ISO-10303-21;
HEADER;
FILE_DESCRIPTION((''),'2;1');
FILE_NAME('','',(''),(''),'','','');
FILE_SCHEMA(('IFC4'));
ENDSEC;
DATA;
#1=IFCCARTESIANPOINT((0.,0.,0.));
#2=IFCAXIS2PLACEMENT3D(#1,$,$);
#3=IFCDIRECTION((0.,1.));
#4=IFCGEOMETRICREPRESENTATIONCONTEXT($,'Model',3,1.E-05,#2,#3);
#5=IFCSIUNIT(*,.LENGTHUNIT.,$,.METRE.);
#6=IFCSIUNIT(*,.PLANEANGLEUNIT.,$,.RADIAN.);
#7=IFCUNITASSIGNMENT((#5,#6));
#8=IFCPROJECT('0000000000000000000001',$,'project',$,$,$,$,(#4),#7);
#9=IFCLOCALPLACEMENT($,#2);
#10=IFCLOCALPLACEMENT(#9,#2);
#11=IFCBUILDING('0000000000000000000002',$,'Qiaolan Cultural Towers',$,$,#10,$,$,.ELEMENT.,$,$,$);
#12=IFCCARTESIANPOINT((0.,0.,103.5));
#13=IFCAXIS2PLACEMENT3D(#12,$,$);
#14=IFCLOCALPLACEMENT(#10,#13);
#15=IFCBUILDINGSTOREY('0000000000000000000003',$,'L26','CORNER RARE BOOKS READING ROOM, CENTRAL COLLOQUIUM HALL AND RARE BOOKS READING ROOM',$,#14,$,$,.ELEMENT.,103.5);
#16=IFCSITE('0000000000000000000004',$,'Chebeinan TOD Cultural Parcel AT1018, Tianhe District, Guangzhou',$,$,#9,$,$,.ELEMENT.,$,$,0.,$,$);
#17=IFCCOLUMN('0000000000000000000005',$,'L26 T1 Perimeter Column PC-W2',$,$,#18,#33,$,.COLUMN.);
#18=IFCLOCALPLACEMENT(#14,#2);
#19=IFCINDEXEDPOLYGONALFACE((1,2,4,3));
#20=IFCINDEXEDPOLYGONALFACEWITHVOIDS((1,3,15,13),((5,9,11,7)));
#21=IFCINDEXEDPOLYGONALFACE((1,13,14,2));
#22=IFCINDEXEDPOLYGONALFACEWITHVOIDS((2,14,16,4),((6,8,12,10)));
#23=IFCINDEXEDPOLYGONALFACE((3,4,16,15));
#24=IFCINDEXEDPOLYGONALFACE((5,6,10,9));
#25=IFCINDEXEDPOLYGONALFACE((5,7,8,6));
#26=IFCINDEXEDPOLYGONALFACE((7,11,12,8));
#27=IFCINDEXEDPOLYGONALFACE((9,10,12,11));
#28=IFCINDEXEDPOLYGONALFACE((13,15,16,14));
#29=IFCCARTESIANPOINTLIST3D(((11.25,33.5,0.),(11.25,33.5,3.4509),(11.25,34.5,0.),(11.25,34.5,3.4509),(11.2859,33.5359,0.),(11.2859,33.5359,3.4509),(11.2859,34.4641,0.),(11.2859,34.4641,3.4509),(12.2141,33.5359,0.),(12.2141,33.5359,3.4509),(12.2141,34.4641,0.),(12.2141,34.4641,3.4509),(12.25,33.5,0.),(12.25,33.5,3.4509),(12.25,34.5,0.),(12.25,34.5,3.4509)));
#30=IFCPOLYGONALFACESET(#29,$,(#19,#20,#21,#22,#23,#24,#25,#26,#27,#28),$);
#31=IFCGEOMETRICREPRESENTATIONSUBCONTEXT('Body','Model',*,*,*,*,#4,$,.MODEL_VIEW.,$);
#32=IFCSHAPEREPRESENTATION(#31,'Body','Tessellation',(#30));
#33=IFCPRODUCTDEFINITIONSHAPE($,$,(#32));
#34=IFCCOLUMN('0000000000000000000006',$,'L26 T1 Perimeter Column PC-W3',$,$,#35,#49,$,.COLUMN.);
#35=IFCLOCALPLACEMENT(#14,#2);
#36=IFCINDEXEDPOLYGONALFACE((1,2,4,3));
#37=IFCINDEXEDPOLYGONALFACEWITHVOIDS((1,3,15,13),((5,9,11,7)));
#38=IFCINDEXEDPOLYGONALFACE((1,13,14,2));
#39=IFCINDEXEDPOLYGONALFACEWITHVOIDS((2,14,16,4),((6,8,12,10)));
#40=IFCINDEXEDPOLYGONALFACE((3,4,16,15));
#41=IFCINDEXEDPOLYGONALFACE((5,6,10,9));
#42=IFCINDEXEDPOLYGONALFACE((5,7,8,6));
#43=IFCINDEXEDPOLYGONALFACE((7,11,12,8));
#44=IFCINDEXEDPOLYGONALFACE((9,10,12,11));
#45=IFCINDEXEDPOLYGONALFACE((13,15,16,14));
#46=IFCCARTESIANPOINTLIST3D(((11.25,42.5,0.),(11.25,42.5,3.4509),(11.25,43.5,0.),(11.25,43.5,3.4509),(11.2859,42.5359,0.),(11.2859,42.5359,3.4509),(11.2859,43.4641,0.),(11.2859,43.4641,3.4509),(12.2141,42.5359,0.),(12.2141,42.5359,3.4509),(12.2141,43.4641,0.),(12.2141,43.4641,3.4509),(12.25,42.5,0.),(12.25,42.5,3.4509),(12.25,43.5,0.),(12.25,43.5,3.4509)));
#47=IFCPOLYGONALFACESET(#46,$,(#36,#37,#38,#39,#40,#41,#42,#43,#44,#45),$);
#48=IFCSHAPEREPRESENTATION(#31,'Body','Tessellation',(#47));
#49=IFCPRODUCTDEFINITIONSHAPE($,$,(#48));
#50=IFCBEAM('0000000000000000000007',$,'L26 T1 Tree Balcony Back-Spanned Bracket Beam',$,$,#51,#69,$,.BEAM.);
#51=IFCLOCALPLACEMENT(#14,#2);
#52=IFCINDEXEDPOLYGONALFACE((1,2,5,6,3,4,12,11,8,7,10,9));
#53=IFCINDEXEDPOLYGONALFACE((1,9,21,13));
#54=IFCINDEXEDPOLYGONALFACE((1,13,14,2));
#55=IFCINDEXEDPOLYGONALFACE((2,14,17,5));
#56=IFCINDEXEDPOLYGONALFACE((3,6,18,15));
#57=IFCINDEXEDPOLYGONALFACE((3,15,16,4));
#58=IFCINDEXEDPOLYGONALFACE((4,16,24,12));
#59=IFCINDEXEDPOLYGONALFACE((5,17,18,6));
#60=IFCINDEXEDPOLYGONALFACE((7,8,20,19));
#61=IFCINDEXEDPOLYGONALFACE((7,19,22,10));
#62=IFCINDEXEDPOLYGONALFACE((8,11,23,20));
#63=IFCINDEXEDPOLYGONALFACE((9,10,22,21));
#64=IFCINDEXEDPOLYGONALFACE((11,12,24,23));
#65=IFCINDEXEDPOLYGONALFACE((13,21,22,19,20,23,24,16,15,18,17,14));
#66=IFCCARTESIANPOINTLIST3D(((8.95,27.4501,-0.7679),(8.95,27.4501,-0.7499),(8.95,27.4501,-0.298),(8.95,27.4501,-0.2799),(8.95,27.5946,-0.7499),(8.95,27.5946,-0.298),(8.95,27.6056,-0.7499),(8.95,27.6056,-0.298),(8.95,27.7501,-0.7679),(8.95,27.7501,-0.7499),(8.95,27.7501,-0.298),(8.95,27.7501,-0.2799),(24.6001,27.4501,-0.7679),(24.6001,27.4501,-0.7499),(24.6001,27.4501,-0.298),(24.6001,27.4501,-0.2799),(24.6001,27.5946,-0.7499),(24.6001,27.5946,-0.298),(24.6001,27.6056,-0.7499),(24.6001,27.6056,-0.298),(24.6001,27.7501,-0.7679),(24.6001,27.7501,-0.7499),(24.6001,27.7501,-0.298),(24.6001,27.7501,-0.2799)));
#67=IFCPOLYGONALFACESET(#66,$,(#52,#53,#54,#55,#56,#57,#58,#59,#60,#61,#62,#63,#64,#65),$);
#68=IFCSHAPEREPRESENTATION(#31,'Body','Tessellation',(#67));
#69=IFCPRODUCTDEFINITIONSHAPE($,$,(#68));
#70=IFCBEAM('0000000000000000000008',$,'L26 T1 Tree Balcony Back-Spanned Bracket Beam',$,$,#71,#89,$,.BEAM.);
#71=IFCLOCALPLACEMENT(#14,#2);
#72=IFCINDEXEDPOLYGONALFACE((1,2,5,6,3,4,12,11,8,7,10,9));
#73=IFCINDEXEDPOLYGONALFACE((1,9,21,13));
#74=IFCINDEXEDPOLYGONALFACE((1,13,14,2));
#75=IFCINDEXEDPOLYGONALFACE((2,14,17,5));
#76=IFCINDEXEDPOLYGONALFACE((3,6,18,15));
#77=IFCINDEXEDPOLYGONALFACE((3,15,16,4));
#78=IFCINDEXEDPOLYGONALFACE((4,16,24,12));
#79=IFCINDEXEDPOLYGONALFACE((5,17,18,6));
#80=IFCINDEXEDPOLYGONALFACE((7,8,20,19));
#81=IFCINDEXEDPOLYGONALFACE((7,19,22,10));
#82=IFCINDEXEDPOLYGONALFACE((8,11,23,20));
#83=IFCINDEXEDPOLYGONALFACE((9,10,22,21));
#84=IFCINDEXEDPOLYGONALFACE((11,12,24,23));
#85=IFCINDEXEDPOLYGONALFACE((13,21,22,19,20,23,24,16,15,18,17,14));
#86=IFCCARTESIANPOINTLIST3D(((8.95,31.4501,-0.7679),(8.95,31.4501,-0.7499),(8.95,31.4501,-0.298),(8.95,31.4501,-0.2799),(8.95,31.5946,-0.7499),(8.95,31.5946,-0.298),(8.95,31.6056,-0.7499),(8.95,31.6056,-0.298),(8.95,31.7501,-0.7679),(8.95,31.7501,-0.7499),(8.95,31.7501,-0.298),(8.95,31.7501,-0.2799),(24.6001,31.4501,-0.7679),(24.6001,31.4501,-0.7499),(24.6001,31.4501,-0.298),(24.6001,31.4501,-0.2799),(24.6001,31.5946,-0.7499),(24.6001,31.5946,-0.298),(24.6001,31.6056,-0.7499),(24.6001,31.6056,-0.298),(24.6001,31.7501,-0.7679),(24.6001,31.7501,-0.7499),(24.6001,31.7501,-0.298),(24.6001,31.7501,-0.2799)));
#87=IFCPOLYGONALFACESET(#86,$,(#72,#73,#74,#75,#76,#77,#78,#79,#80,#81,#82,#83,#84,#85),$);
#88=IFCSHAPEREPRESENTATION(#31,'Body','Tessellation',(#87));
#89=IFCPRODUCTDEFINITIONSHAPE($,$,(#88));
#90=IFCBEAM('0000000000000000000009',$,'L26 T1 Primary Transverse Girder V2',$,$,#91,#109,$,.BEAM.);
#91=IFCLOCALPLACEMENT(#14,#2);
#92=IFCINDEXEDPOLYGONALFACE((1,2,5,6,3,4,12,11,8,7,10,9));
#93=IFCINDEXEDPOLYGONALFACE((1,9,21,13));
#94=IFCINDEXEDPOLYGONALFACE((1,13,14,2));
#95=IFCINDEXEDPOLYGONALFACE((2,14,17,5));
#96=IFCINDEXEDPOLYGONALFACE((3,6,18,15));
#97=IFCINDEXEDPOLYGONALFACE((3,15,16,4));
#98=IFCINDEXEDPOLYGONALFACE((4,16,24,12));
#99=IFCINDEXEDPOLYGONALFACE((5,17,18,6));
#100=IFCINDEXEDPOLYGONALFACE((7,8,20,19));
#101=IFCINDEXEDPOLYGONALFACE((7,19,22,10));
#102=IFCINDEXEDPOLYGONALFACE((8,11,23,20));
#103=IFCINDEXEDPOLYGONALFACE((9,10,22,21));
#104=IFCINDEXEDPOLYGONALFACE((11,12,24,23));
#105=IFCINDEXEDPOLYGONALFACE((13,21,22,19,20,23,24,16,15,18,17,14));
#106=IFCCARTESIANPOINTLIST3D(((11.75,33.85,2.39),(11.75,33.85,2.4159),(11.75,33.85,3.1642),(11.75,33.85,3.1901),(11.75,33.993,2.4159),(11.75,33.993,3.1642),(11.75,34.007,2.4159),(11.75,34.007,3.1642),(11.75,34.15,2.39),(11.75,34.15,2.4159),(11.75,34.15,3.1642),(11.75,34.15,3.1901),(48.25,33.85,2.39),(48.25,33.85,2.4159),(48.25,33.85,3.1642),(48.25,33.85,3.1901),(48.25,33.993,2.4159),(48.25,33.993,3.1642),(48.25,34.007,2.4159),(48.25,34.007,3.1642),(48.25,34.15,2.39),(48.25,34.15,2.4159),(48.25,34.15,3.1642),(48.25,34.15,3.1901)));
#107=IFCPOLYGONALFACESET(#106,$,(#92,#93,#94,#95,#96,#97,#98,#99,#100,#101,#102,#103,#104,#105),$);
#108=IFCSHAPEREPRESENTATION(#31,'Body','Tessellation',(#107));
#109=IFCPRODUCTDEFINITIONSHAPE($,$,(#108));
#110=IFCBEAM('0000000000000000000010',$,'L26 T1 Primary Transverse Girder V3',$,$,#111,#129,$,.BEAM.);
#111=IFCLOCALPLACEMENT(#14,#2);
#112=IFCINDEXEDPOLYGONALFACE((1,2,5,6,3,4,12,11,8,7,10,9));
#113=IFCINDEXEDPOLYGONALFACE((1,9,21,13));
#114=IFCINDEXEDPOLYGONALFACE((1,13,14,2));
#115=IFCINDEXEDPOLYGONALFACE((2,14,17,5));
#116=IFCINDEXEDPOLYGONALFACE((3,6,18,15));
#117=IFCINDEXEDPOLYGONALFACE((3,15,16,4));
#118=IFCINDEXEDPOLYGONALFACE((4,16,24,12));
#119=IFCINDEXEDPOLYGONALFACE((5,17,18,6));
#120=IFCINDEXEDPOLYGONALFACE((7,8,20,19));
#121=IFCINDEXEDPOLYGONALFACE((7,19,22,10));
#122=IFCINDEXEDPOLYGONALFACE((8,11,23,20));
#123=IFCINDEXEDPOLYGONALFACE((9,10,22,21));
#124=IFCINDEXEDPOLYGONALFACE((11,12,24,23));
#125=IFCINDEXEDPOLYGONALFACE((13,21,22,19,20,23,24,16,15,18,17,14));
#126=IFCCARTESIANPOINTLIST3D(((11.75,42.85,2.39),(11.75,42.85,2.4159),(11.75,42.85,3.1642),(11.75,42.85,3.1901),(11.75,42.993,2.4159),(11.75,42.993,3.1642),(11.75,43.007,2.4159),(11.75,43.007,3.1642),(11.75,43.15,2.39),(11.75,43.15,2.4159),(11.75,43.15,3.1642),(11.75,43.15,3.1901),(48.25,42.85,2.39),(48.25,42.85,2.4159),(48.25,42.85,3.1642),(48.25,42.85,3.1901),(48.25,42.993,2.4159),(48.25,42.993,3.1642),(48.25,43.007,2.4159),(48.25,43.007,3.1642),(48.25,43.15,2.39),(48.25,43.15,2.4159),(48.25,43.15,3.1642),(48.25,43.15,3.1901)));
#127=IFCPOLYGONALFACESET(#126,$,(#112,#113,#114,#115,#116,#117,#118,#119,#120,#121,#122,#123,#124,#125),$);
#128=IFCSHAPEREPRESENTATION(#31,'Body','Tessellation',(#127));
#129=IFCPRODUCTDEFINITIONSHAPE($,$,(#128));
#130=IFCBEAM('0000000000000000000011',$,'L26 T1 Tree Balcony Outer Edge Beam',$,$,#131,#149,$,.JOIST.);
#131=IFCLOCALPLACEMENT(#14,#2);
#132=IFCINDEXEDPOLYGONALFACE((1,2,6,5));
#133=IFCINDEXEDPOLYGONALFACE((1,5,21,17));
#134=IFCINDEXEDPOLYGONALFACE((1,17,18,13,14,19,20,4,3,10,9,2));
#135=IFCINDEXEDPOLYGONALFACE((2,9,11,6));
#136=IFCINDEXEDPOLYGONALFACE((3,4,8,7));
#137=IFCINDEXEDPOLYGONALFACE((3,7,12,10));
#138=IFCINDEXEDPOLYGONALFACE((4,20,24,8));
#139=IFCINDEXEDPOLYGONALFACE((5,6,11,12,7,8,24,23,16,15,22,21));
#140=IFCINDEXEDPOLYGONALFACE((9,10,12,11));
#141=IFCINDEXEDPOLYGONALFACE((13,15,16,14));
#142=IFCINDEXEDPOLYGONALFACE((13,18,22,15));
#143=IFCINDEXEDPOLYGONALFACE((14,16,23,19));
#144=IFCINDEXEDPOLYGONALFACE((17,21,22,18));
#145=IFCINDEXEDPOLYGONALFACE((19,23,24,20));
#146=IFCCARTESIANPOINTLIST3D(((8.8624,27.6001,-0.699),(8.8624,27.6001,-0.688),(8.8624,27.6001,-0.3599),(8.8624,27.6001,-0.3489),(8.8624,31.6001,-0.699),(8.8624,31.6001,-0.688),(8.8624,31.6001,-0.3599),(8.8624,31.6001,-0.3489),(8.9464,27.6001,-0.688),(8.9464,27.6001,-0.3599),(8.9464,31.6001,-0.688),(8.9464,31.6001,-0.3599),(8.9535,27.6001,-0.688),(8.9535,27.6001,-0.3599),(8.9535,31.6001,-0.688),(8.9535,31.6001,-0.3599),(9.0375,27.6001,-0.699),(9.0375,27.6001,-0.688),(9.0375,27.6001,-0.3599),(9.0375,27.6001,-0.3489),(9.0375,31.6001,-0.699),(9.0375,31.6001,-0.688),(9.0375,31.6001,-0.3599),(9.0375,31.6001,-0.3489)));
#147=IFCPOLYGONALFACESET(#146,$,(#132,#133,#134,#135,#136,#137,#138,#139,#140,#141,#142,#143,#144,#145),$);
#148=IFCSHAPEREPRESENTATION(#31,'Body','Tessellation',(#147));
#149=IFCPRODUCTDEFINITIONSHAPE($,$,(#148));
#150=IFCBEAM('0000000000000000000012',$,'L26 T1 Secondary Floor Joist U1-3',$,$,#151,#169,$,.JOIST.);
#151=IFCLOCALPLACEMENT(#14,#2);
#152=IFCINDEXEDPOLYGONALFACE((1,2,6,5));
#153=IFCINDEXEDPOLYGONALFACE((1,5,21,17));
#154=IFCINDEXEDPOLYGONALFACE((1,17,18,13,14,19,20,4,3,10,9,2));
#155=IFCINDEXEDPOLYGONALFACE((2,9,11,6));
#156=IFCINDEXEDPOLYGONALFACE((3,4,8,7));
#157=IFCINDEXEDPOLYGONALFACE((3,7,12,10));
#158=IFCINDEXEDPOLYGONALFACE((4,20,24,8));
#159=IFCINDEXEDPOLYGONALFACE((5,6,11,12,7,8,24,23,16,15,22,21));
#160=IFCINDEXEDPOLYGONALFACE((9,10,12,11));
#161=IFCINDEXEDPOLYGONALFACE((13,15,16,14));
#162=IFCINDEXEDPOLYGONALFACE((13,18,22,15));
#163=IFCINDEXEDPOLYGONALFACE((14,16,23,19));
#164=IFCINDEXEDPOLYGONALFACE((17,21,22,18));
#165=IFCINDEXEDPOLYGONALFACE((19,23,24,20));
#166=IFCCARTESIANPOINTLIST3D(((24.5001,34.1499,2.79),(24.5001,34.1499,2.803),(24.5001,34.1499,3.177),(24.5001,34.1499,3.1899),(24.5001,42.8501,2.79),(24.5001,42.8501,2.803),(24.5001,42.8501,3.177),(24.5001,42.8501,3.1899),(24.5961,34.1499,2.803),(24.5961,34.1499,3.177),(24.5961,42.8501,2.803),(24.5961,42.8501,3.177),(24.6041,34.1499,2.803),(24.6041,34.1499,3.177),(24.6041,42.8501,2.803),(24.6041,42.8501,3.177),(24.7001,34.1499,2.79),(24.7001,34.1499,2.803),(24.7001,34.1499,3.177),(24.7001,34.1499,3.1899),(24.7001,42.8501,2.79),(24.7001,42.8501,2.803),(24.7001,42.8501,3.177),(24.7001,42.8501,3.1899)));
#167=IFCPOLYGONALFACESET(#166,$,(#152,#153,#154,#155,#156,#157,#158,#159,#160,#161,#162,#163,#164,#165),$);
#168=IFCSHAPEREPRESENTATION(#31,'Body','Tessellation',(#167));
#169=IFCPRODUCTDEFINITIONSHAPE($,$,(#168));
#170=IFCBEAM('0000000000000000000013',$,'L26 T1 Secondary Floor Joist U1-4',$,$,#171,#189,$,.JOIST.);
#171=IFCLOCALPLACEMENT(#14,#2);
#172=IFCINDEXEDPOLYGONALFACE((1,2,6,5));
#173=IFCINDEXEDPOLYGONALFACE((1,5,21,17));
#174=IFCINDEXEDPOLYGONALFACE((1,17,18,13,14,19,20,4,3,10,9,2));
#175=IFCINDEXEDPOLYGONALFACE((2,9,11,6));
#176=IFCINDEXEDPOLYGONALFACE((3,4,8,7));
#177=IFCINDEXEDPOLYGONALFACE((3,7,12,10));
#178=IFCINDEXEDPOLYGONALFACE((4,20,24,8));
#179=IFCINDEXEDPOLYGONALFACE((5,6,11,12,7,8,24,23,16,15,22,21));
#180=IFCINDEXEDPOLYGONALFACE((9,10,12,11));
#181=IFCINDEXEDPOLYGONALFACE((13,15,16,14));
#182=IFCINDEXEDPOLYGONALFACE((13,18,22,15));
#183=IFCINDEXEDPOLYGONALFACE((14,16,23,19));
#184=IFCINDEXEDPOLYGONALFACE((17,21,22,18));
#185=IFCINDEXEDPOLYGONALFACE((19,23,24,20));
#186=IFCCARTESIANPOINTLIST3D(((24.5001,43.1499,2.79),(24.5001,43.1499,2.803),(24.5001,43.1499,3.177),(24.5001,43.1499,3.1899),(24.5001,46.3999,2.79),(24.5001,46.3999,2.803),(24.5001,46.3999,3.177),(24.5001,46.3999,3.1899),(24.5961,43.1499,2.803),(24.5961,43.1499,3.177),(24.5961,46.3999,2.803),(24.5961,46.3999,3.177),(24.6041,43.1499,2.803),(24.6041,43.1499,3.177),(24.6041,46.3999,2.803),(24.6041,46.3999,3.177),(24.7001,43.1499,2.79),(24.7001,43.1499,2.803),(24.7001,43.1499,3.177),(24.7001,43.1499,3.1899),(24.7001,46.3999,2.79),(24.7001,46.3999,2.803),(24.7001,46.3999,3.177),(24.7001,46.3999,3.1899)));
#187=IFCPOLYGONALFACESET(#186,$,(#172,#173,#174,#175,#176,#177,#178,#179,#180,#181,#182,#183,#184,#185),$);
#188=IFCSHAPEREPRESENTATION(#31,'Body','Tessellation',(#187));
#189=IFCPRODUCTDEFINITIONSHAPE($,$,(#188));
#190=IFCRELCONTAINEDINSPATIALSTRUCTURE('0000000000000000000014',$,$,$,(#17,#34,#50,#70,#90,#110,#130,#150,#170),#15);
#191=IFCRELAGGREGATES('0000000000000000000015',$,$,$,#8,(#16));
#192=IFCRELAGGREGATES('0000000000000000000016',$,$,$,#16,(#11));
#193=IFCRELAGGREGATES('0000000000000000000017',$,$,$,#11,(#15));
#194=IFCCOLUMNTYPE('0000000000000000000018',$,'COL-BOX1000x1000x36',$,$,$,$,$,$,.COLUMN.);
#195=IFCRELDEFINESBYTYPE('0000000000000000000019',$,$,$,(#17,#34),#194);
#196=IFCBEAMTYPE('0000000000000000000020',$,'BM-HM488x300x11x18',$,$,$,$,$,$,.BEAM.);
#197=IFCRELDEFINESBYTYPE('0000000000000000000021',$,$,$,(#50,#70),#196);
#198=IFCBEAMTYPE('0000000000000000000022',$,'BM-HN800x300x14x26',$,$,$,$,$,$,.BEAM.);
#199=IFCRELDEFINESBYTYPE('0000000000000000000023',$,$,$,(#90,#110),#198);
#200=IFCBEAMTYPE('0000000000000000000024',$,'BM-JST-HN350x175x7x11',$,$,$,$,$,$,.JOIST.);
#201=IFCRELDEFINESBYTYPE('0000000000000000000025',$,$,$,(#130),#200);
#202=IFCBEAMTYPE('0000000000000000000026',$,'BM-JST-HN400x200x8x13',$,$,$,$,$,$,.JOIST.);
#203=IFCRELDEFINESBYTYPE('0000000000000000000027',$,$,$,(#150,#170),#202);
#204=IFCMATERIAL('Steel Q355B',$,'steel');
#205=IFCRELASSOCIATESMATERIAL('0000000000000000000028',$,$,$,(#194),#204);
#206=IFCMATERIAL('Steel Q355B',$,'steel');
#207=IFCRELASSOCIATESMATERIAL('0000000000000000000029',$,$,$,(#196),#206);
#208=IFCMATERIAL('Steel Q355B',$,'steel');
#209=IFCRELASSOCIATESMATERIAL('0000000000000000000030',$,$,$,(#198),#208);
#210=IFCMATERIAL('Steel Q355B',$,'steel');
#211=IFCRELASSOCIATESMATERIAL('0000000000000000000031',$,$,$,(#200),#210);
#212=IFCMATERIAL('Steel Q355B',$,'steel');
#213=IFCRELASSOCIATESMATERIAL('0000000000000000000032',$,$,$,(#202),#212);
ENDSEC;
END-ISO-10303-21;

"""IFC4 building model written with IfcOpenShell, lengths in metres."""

from ifc_helpers import new_model, si_unit, direction, frame, origin, origin_2d, place, context, subcontext, project, spatial, hollow_rectangle, i_section, extrude, material, material_profile, profile_set, type_object, element, save


model = new_model("IFC4")

# Units and contexts
model_context = context("Model", 3, precision=1e-05, world=origin(), true_north=direction((0.0, 1.0)))
body_context = subcontext(model_context, "Body", "Model", "MODEL_VIEW")
ifc_project = project(units=[si_unit("LENGTHUNIT", "METRE"), si_unit("PLANEANGLEUNIT", "RADIAN")], contexts=[model_context])

# Site, building, storey
site_placement = place(None, origin())
site = spatial("IfcSite", under=ifc_project, at=site_placement, Name="Chebeinan TOD Cultural Parcel AT1018, Tianhe District, Guangzhou", CompositionType="ELEMENT", RefElevation=0.0)
building_placement = place(site_placement, origin())
building = spatial("IfcBuilding", under=site, at=building_placement, Name="Qiaolan Cultural Towers", CompositionType="ELEMENT")
storey_placement = place(building_placement, frame((0.0, 0.0, 103.5)))
storey = spatial("IfcBuildingStorey", under=building, at=storey_placement, Name="L26", Description="CORNER RARE BOOKS READING ROOM, CENTRAL COLLOQUIUM HALL AND RARE BOOKS READING ROOM", CompositionType="ELEMENT", Elevation=103.5)

# Columns
ifc_material_1 = material(Name="Steel Q355B", Category="steel")
ifc_material_profile_1 = material_profile(ifc_material_1, hollow_rectangle(XDim=1.0, YDim=1.0, WallThickness=0.0359, at=origin_2d()), Name="BOX1000x1000x36")
ifc_profile_set_1 = profile_set([ifc_material_profile_1], Name="Steel Q355B")
column_type = type_object("IfcColumnType", Name="COL-BOX1000x1000x36", PredefinedType="COLUMN", material=ifc_profile_set_1)
for number, where, z_axis, x_axis, name in (
    (1, (11.75, 34.0, 0.0), (0.0, 0.0, 1.0), (1.0, 0.0, 0.0), "L26 T1 Perimeter Column PC-W2"),
    (2, (11.75, 43.0, 0.0), (0.0, 0.0, 1.0), (1.0, 0.0, 0.0), "L26 T1 Perimeter Column PC-W3"),
):
    element("IfcColumn", number, at=place(storey_placement, frame(where, z_axis=z_axis, x_axis=x_axis)), inside=storey, type_object=column_type, Name=name, PredefinedType="COLUMN", context=body_context, shape_type="SweptSolid", body=[
        extrude(hollow_rectangle(XDim=1.0, YDim=1.0, WallThickness=0.0359, at=origin_2d()), origin(), (0.0, 0.0, 1.0), 3.4509),
    ])

# Beams
ifc_material_2 = material(Name="Steel Q355B", Category="steel")
ifc_material_profile_2 = material_profile(ifc_material_2, i_section(OverallWidth=0.3, OverallDepth=0.488, WebThickness=0.011, FlangeThickness=0.0181, at=origin_2d()), Name="HM488x300x11x18")
ifc_profile_set_2 = profile_set([ifc_material_profile_2], Name="Steel Q355B")
beam_type_1 = type_object("IfcBeamType", Name="BM-HM488x300x11x18", PredefinedType="BEAM", material=ifc_profile_set_2)
for number, where, z_axis, x_axis, name in (
    (3, (24.6001, 27.6001, -0.5239), (-1.0, 0.0, 0.0), (0.0, -1.0, 0.0), "L26 T1 Tree Balcony Back-Spanned Bracket Beam"),
    (4, (24.6001, 31.6001, -0.5239), (-1.0, 0.0, 0.0), (0.0, -1.0, 0.0), "L26 T1 Tree Balcony Back-Spanned Bracket Beam"),
):
    element("IfcBeam", number, at=place(storey_placement, frame(where, z_axis=z_axis, x_axis=x_axis)), inside=storey, type_object=beam_type_1, Name=name, PredefinedType="BEAM", context=body_context, shape_type="SweptSolid", body=[
        extrude(i_section(OverallWidth=0.3, OverallDepth=0.488, WebThickness=0.011, FlangeThickness=0.0181, at=origin_2d()), origin(), (0.0, 0.0, 1.0), 15.6501),
    ])
ifc_material_3 = material(Name="Steel Q355B", Category="steel")
ifc_material_profile_3 = material_profile(ifc_material_3, i_section(OverallWidth=0.3, OverallDepth=0.8, WebThickness=0.0139, FlangeThickness=0.0259, at=origin_2d()), Name="HN800x300x14x26")
ifc_profile_set_3 = profile_set([ifc_material_profile_3], Name="Steel Q355B")
beam_type_2 = type_object("IfcBeamType", Name="BM-HN800x300x14x26", PredefinedType="BEAM", material=ifc_profile_set_3)
for number, where, z_axis, x_axis, name in (
    (5, (11.75, 34.0, 2.79), (1.0, 0.0, 0.0), (0.0, 1.0, 0.0), "L26 T1 Primary Transverse Girder V2"),
    (6, (11.75, 43.0, 2.79), (1.0, 0.0, 0.0), (0.0, 1.0, 0.0), "L26 T1 Primary Transverse Girder V3"),
):
    element("IfcBeam", number, at=place(storey_placement, frame(where, z_axis=z_axis, x_axis=x_axis)), inside=storey, type_object=beam_type_2, Name=name, PredefinedType="BEAM", context=body_context, shape_type="SweptSolid", body=[
        extrude(i_section(OverallWidth=0.3, OverallDepth=0.8, WebThickness=0.0139, FlangeThickness=0.0259, at=origin_2d()), origin(), (0.0, 0.0, 1.0), 36.5),
    ])
ifc_material_4 = material(Name="Steel Q355B", Category="steel")
ifc_material_profile_4 = material_profile(ifc_material_4, i_section(OverallWidth=0.175, OverallDepth=0.3501, WebThickness=0.0071, FlangeThickness=0.011, at=origin_2d()), Name="HN350x175x7x11")
ifc_profile_set_4 = profile_set([ifc_material_profile_4], Name="Steel Q355B")
beam_type_3 = type_object("IfcBeamType", Name="BM-JST-HN350x175x7x11", PredefinedType="JOIST", material=ifc_profile_set_4)
beam_1_placement = place(storey_placement, frame((8.95, 27.6001, -0.5239), z_axis=(0.0, 1.0, 0.0), x_axis=(-1.0, 0.0, 0.0)))
element("IfcBeam", 7, at=beam_1_placement, inside=storey, type_object=beam_type_3, Name="L26 T1 Tree Balcony Outer Edge Beam", PredefinedType="JOIST", context=body_context, shape_type="SweptSolid", body=[
    extrude(i_section(OverallWidth=0.175, OverallDepth=0.3501, WebThickness=0.0071, FlangeThickness=0.011, at=origin_2d()), origin(), (0.0, 0.0, 1.0), 4.0),
])
ifc_material_5 = material(Name="Steel Q355B", Category="steel")
ifc_material_profile_5 = material_profile(ifc_material_5, i_section(OverallWidth=0.2, OverallDepth=0.3999, WebThickness=0.0081, FlangeThickness=0.0129, at=origin_2d()), Name="HN400x200x8x13")
ifc_profile_set_5 = profile_set([ifc_material_profile_5], Name="Steel Q355B")
beam_type_4 = type_object("IfcBeamType", Name="BM-JST-HN400x200x8x13", PredefinedType="JOIST", material=ifc_profile_set_5)
beam_2_placement = place(storey_placement, frame((24.6001, 34.1499, 2.99), z_axis=(0.0, 1.0, 0.0), x_axis=(-1.0, 0.0, 0.0)))
element("IfcBeam", 8, at=beam_2_placement, inside=storey, type_object=beam_type_4, Name="L26 T1 Secondary Floor Joist U1-3", PredefinedType="JOIST", context=body_context, shape_type="SweptSolid", body=[
    extrude(i_section(OverallWidth=0.2, OverallDepth=0.3999, WebThickness=0.0081, FlangeThickness=0.0129, at=origin_2d()), origin(), (0.0, 0.0, 1.0), 8.7002),
])
beam_3_placement = place(storey_placement, frame((24.6001, 43.1499, 2.99), z_axis=(0.0, 1.0, 0.0), x_axis=(-1.0, 0.0, 0.0)))
element("IfcBeam", 9, at=beam_3_placement, inside=storey, type_object=beam_type_4, Name="L26 T1 Secondary Floor Joist U1-4", PredefinedType="JOIST", context=body_context, shape_type="SweptSolid", body=[
    extrude(i_section(OverallWidth=0.2, OverallDepth=0.3999, WebThickness=0.0081, FlangeThickness=0.0129, at=origin_2d()), origin(), (0.0, 0.0, 1.0), 3.25),
])

save(model, "model.ifc")
